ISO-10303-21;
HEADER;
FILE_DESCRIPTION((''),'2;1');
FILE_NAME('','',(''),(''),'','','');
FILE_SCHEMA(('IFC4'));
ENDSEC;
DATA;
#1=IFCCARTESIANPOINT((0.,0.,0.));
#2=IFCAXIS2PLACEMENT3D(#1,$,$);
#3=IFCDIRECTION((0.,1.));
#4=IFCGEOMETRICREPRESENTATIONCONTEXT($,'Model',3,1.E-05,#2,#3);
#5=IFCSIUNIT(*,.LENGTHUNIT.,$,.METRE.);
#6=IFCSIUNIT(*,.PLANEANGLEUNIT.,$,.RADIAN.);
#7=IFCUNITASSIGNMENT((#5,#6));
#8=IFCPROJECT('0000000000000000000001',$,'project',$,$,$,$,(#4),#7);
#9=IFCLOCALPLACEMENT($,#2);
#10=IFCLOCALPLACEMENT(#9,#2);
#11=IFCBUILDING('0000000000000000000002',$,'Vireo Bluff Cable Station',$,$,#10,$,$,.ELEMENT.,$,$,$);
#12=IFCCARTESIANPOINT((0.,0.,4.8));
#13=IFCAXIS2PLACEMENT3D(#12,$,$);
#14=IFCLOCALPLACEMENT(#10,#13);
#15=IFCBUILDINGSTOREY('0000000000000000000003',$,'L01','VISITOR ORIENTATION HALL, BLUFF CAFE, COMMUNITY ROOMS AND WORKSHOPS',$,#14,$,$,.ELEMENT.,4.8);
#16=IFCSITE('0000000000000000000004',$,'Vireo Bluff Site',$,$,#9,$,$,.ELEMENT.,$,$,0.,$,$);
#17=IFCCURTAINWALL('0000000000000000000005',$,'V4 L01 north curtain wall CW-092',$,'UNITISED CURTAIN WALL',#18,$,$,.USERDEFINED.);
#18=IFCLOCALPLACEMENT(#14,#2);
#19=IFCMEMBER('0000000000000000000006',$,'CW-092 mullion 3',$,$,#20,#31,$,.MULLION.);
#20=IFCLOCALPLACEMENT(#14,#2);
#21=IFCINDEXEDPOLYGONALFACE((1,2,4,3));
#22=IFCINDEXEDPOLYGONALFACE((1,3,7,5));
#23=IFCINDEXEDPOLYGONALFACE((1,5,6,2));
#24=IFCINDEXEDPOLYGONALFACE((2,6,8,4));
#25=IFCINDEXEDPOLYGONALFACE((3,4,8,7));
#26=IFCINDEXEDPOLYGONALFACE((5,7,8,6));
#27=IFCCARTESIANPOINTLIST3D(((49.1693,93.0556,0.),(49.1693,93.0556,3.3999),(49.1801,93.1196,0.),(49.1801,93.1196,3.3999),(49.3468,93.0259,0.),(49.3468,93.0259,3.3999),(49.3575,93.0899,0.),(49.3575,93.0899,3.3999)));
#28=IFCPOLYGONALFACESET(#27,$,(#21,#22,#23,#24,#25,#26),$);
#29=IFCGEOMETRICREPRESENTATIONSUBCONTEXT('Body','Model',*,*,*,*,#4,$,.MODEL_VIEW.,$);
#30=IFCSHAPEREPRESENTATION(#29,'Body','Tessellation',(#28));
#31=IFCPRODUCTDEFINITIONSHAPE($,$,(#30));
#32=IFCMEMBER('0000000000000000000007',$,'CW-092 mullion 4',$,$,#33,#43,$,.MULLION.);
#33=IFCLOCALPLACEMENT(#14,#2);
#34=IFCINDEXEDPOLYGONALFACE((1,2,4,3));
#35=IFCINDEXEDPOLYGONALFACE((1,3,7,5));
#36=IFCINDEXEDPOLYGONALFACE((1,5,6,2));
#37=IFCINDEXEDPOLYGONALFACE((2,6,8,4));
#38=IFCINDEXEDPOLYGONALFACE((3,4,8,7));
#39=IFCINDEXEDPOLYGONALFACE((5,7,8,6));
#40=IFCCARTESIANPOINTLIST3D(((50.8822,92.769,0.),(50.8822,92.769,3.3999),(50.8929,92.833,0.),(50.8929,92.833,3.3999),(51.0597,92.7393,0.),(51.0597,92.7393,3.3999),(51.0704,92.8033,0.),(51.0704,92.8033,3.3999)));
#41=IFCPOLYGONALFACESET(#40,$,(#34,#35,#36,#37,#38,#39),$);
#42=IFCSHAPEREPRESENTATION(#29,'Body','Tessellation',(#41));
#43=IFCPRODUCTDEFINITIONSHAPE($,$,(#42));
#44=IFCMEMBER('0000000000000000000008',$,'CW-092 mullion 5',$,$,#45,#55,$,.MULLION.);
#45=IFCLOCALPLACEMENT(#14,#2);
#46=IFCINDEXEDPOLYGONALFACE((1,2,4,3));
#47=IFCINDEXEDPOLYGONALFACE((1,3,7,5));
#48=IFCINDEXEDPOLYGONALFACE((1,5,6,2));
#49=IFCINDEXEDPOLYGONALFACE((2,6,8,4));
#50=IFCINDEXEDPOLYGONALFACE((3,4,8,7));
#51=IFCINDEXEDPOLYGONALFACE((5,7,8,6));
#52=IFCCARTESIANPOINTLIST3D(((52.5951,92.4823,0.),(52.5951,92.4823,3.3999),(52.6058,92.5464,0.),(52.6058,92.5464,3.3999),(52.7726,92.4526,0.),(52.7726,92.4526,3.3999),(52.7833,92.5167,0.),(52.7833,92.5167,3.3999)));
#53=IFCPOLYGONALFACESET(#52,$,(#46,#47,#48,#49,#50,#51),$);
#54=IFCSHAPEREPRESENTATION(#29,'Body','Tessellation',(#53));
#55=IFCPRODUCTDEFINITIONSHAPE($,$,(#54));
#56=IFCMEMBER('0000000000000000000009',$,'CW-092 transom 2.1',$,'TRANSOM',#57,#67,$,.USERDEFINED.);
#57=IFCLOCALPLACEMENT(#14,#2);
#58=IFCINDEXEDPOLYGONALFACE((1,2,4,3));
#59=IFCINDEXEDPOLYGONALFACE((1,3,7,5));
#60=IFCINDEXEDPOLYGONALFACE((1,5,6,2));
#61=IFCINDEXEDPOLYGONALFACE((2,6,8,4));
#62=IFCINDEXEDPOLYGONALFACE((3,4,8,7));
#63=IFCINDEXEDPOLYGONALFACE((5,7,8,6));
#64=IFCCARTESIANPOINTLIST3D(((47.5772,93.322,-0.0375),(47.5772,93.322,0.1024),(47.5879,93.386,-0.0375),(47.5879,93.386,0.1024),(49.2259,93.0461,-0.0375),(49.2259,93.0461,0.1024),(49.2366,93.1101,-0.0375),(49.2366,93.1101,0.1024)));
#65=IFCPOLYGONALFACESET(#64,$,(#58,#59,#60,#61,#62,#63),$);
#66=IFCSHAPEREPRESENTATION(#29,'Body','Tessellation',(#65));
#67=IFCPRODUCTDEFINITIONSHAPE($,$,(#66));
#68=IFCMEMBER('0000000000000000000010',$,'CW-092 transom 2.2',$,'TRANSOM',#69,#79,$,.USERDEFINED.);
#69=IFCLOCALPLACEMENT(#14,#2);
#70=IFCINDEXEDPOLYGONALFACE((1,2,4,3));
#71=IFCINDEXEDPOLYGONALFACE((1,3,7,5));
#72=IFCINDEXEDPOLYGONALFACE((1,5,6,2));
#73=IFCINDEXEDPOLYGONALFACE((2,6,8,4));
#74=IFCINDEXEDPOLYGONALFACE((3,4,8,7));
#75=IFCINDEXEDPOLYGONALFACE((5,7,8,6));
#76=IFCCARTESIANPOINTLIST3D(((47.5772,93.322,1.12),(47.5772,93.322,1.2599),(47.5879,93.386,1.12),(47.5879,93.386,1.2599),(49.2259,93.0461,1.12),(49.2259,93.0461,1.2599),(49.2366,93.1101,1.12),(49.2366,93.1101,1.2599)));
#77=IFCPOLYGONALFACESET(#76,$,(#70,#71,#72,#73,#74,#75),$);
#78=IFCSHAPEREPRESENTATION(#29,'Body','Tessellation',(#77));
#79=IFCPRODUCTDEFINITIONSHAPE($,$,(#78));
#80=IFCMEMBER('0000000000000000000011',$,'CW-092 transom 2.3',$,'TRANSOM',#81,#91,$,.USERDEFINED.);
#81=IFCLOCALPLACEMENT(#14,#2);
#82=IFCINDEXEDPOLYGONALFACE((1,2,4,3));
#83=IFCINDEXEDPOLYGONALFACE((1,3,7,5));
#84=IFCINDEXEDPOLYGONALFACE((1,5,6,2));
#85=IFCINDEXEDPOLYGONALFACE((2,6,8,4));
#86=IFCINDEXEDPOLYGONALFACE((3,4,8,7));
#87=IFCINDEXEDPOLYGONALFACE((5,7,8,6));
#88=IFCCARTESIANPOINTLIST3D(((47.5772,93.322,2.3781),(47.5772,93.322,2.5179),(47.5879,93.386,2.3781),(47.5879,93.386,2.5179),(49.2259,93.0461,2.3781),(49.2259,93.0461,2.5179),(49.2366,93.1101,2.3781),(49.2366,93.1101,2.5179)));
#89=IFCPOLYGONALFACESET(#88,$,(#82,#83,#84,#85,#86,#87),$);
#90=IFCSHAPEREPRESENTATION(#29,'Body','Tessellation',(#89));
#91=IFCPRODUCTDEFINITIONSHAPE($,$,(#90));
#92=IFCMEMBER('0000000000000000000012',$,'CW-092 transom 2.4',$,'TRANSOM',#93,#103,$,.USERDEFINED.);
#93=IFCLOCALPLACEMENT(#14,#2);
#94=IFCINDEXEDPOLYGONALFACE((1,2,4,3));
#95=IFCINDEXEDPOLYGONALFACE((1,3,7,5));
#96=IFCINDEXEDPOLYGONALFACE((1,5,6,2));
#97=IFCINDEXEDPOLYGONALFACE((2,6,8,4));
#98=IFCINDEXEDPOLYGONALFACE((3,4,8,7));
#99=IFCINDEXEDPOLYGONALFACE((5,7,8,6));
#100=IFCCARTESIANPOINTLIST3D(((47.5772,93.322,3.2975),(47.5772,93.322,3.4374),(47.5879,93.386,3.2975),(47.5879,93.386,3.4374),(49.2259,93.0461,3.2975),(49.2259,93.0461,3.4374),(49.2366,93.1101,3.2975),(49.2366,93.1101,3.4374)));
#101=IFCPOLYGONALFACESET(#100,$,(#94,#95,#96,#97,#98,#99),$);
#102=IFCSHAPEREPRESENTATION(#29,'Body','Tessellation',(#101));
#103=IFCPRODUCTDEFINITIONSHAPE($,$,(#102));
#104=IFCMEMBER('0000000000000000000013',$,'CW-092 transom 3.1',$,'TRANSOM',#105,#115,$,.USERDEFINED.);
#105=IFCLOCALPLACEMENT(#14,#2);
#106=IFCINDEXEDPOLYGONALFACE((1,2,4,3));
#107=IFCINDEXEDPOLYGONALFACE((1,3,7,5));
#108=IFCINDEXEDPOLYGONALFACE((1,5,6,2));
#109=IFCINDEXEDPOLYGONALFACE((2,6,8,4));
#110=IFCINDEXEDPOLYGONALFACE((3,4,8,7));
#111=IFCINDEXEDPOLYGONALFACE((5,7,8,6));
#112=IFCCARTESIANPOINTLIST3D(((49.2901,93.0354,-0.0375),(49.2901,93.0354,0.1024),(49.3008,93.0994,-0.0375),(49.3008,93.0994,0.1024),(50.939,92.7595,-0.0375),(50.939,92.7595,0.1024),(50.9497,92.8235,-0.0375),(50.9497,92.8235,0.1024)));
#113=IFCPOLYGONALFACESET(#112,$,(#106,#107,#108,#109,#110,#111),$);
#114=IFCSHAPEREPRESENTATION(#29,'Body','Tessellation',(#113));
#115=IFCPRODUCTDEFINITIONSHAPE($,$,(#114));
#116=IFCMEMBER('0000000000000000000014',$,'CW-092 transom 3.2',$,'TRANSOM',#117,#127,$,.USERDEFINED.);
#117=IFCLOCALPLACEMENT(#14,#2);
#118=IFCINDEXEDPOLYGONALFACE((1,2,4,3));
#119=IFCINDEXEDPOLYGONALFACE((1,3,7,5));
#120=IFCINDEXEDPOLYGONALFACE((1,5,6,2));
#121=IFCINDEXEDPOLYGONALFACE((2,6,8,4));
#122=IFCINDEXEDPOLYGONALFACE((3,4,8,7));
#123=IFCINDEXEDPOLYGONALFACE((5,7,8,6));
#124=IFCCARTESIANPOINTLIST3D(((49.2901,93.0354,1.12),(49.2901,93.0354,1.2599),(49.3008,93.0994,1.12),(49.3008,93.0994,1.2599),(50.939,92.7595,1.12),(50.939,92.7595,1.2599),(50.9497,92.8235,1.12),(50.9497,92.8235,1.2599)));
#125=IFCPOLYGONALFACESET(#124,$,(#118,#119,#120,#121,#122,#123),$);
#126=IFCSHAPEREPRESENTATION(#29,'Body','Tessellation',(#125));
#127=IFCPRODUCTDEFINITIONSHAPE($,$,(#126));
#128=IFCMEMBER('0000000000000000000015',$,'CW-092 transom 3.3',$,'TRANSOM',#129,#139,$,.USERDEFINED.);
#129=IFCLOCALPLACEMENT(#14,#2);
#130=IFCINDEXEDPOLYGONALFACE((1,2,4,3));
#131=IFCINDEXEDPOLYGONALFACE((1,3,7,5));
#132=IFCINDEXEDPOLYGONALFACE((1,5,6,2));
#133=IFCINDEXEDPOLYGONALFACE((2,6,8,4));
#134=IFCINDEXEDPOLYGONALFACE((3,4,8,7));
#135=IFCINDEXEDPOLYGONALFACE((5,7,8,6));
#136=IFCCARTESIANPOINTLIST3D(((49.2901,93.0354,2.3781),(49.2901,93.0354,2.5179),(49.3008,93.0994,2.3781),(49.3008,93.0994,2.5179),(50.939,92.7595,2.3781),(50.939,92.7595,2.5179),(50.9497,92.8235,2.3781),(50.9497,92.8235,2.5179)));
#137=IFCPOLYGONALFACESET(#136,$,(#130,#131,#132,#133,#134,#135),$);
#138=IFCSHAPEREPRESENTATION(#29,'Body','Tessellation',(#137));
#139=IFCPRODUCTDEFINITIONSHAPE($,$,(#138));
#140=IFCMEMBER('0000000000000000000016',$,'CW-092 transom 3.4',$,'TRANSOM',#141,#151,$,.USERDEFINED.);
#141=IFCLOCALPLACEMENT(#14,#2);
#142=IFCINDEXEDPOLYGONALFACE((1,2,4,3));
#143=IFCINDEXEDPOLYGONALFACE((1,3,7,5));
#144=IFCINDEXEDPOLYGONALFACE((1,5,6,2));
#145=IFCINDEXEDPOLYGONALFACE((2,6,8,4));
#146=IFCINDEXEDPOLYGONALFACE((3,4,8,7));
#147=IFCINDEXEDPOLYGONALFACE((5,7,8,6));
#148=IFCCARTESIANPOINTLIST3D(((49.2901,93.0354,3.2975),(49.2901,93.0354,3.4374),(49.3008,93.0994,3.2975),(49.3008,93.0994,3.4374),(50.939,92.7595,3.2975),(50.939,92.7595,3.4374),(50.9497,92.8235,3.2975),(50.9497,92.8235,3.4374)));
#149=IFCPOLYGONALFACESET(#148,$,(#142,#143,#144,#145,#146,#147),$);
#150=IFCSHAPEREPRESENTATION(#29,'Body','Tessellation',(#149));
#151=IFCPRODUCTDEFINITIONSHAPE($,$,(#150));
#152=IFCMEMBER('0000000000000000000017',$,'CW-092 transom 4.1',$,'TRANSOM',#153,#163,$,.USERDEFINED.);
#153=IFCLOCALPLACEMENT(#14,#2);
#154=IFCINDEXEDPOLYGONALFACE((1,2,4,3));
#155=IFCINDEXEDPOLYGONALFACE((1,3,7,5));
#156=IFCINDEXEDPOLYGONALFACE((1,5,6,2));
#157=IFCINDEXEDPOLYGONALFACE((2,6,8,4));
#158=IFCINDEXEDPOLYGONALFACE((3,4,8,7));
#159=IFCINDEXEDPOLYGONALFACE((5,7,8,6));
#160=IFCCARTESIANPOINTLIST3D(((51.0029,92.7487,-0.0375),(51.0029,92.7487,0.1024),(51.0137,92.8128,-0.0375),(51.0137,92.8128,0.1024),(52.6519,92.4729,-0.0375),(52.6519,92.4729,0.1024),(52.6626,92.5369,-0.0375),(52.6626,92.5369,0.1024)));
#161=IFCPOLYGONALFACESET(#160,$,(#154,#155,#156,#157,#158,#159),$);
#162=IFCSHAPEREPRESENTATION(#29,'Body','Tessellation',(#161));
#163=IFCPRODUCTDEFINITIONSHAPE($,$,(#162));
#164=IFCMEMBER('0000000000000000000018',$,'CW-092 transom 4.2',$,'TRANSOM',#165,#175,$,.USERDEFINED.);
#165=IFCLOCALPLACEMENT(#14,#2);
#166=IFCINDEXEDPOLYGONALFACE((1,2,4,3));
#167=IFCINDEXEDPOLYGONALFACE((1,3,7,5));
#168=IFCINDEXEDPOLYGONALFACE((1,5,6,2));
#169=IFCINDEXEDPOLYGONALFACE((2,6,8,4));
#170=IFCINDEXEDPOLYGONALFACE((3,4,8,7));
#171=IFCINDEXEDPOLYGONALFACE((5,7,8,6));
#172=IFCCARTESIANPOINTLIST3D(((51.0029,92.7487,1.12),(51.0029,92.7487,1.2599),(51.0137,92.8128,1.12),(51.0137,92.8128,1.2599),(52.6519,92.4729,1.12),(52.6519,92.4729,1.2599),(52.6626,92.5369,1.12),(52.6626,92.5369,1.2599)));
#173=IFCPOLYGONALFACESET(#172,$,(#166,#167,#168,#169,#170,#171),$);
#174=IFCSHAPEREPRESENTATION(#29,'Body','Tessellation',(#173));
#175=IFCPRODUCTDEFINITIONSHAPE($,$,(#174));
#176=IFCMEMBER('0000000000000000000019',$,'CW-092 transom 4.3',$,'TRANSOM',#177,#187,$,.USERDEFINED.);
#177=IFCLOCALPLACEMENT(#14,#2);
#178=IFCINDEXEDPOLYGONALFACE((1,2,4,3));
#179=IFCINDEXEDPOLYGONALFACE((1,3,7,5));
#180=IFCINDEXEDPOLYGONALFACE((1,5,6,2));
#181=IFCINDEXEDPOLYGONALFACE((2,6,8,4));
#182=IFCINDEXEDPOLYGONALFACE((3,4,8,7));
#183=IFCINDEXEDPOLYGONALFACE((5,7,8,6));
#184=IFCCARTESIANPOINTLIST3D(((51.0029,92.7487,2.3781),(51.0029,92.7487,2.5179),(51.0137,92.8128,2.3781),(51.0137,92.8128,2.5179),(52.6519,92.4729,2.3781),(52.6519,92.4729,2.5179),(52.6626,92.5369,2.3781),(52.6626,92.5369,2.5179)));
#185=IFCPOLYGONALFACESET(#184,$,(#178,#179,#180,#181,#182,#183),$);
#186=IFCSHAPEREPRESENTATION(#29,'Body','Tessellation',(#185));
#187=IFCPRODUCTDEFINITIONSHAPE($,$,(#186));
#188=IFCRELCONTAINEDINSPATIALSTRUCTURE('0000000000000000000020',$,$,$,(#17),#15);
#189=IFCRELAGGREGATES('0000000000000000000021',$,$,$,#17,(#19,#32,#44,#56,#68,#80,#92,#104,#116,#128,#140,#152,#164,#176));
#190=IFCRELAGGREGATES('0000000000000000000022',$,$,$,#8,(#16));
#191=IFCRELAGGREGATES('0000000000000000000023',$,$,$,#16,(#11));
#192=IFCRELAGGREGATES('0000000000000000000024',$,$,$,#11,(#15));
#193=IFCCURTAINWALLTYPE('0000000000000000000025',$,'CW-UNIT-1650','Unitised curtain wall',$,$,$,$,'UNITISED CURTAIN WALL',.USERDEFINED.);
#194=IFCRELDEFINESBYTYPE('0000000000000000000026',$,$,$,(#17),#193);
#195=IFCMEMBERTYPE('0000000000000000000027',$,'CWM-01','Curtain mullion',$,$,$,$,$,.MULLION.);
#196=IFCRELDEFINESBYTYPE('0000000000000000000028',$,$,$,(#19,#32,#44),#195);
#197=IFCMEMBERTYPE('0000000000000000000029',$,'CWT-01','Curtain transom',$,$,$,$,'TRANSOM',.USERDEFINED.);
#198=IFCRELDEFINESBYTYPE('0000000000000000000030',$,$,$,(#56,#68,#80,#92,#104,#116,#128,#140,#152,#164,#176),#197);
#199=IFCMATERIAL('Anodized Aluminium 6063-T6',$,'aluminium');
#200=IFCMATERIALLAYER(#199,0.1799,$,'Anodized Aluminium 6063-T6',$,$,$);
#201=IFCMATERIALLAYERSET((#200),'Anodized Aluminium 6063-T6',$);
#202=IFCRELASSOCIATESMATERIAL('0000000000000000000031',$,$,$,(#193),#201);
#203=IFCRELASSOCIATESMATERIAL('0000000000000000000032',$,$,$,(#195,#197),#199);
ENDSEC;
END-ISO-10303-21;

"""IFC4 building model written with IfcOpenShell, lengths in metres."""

from ifc_helpers import new_model, si_unit, direction, frame, origin, origin_2d, place, context, subcontext, project, spatial, rectangle, extrude, material, layer, layer_set, material_profile, profile_set, type_object, element, aggregate, save


model = new_model("IFC4")

# Units and contexts
model_context = context("Model", 3, precision=1e-05, world=origin(), true_north=direction((0.0, 1.0)))
body_context = subcontext(model_context, "Body", "Model", "MODEL_VIEW")
ifc_project = project(units=[si_unit("LENGTHUNIT", "METRE"), si_unit("PLANEANGLEUNIT", "RADIAN")], contexts=[model_context])

# Site, building, storey
site_placement = place(None, origin())
site = spatial("IfcSite", under=ifc_project, at=site_placement, Name="Vireo Bluff Site", CompositionType="ELEMENT", RefElevation=0.0)
building_placement = place(site_placement, origin())
building = spatial("IfcBuilding", under=site, at=building_placement, Name="Vireo Bluff Cable Station", CompositionType="ELEMENT")
storey_placement = place(building_placement, frame((0.0, 0.0, 4.8)))
storey = spatial("IfcBuildingStorey", under=building, at=storey_placement, Name="L01", Description="VISITOR ORIENTATION HALL, BLUFF CAFE, COMMUNITY ROOMS AND WORKSHOPS", CompositionType="ELEMENT", Elevation=4.8)

# Curtain wall, members
ifc_material_1 = material(Name="Anodized Aluminium 6063-T6", Category="aluminium")
ifc_layer_1 = layer(ifc_material_1, 0.1799, Name="Anodized Aluminium 6063-T6")
ifc_layer_set_1 = layer_set([ifc_layer_1], Name="Anodized Aluminium 6063-T6")
curtain_wall_type = type_object("IfcCurtainWallType", Name="CW-UNIT-1650", Description="Unitised curtain wall", ElementType="UNITISED CURTAIN WALL", PredefinedType="USERDEFINED", material=ifc_layer_set_1)
curtain_wall_placement = place(storey_placement, origin())
curtain_wall = element("IfcCurtainWall", 1, at=curtain_wall_placement, inside=storey, type_object=curtain_wall_type, Name="V4 L01 north curtain wall CW-092", ObjectType="UNITISED CURTAIN WALL", PredefinedType="USERDEFINED")
ifc_material_profile_1 = material_profile(ifc_material_1, rectangle(XDim=0.0649, YDim=0.1799, at=origin_2d()), Name="ALU-M-65X180")
ifc_profile_set_1 = profile_set([ifc_material_profile_1], Name="Anodized Aluminium 6063-T6")
member_type_1 = type_object("IfcMemberType", Name="CWM-01", Description="Curtain mullion", PredefinedType="MULLION", material=ifc_profile_set_1)
member_1_placement = place(storey_placement, frame((49.2634, 93.0728, 0.0), z_axis=(0.0, 0.0, 1.0), x_axis=(0.165048, 0.986286, 0.0)))
member_1 = element("IfcMember", 2, at=member_1_placement, type_object=member_type_1, Name="CW-092 mullion 3", PredefinedType="MULLION", context=body_context, shape_type="SweptSolid", body=[
    extrude(rectangle(XDim=0.0649, YDim=0.1799, at=origin_2d()), origin(), (0.0, 0.0, 1.0), 3.3999),
])
member_2_placement = place(storey_placement, frame((50.9763, 92.7861, 0.0), z_axis=(0.0, 0.0, 1.0), x_axis=(0.165048, 0.986286, 0.0)))
member_2 = element("IfcMember", 3, at=member_2_placement, type_object=member_type_1, Name="CW-092 mullion 4", PredefinedType="MULLION", context=body_context, shape_type="SweptSolid", body=[
    extrude(rectangle(XDim=0.0649, YDim=0.1799, at=origin_2d()), origin(), (0.0, 0.0, 1.0), 3.3999),
])
member_3_placement = place(storey_placement, frame((52.6892, 92.4995, 0.0), z_axis=(0.0, 0.0, 1.0), x_axis=(0.165048, 0.986286, 0.0)))
member_3 = element("IfcMember", 4, at=member_3_placement, type_object=member_type_1, Name="CW-092 mullion 5", PredefinedType="MULLION", context=body_context, shape_type="SweptSolid", body=[
    extrude(rectangle(XDim=0.0649, YDim=0.1799, at=origin_2d()), origin(), (0.0, 0.0, 1.0), 3.3999),
])
ifc_material_profile_2 = material_profile(ifc_material_1, rectangle(XDim=0.0649, YDim=0.1399, at=origin_2d()), Name="ALU-T-65X140")
ifc_profile_set_2 = profile_set([ifc_material_profile_2], Name="Anodized Aluminium 6063-T6")
member_type_2 = type_object("IfcMemberType", Name="CWT-01", Description="Curtain transom", ElementType="TRANSOM", PredefinedType="USERDEFINED", material=ifc_profile_set_2)
member_4_placement = place(storey_placement, frame((47.5825, 93.354, 0.0325), z_axis=(0.986287, -0.165038, 0.0), x_axis=(0.165038, 0.986287, 0.0)))
member_4 = element("IfcMember", 5, at=member_4_placement, type_object=member_type_2, Name="CW-092 transom 2.1", ObjectType="TRANSOM", PredefinedType="USERDEFINED", context=body_context, shape_type="SweptSolid", body=[
    extrude(rectangle(XDim=0.0649, YDim=0.1399, at=origin_2d()), origin(), (0.0, 0.0, 1.0), 1.6716),
])
member_5_placement = place(storey_placement, frame((47.5825, 93.354, 1.1899), z_axis=(0.986287, -0.165038, 0.0), x_axis=(0.165038, 0.986287, 0.0)))
member_5 = element("IfcMember", 6, at=member_5_placement, type_object=member_type_2, Name="CW-092 transom 2.2", ObjectType="TRANSOM", PredefinedType="USERDEFINED", context=body_context, shape_type="SweptSolid", body=[
    extrude(rectangle(XDim=0.0649, YDim=0.1399, at=origin_2d()), origin(), (0.0, 0.0, 1.0), 1.6716),
])
member_6_placement = place(storey_placement, frame((47.5825, 93.354, 2.448), z_axis=(0.986287, -0.165038, 0.0), x_axis=(0.165038, 0.986287, 0.0)))
member_6 = element("IfcMember", 7, at=member_6_placement, type_object=member_type_2, Name="CW-092 transom 2.3", ObjectType="TRANSOM", PredefinedType="USERDEFINED", context=body_context, shape_type="SweptSolid", body=[
    extrude(rectangle(XDim=0.0649, YDim=0.1399, at=origin_2d()), origin(), (0.0, 0.0, 1.0), 1.6716),
])
member_7_placement = place(storey_placement, frame((47.5825, 93.354, 3.3674), z_axis=(0.986287, -0.165038, 0.0), x_axis=(0.165038, 0.986287, 0.0)))
member_7 = element("IfcMember", 8, at=member_7_placement, type_object=member_type_2, Name="CW-092 transom 2.4", ObjectType="TRANSOM", PredefinedType="USERDEFINED", context=body_context, shape_type="SweptSolid", body=[
    extrude(rectangle(XDim=0.0649, YDim=0.1399, at=origin_2d()), origin(), (0.0, 0.0, 1.0), 1.6716),
])
member_8_placement = place(storey_placement, frame((49.2954, 93.0674, 0.0325), z_axis=(0.986291, -0.165015, 0.0), x_axis=(0.165015, 0.986291, 0.0)))
member_8 = element("IfcMember", 9, at=member_8_placement, type_object=member_type_2, Name="CW-092 transom 3.1", ObjectType="TRANSOM", PredefinedType="USERDEFINED", context=body_context, shape_type="SweptSolid", body=[
    extrude(rectangle(XDim=0.0649, YDim=0.1399, at=origin_2d()), origin(), (0.0, 0.0, 1.0), 1.6719),
])
member_9_placement = place(storey_placement, frame((49.2954, 93.0674, 1.1899), z_axis=(0.986291, -0.165015, 0.0), x_axis=(0.165015, 0.986291, 0.0)))
member_9 = element("IfcMember", 10, at=member_9_placement, type_object=member_type_2, Name="CW-092 transom 3.2", ObjectType="TRANSOM", PredefinedType="USERDEFINED", context=body_context, shape_type="SweptSolid", body=[
    extrude(rectangle(XDim=0.0649, YDim=0.1399, at=origin_2d()), origin(), (0.0, 0.0, 1.0), 1.6719),
])
member_10_placement = place(storey_placement, frame((49.2954, 93.0674, 2.448), z_axis=(0.986291, -0.165015, 0.0), x_axis=(0.165015, 0.986291, 0.0)))
member_10 = element("IfcMember", 11, at=member_10_placement, type_object=member_type_2, Name="CW-092 transom 3.3", ObjectType="TRANSOM", PredefinedType="USERDEFINED", context=body_context, shape_type="SweptSolid", body=[
    extrude(rectangle(XDim=0.0649, YDim=0.1399, at=origin_2d()), origin(), (0.0, 0.0, 1.0), 1.6719),
])
member_11_placement = place(storey_placement, frame((49.2954, 93.0674, 3.3674), z_axis=(0.986291, -0.165015, 0.0), x_axis=(0.165015, 0.986291, 0.0)))
member_11 = element("IfcMember", 12, at=member_11_placement, type_object=member_type_2, Name="CW-092 transom 3.4", ObjectType="TRANSOM", PredefinedType="USERDEFINED", context=body_context, shape_type="SweptSolid", body=[
    extrude(rectangle(XDim=0.0649, YDim=0.1399, at=origin_2d()), origin(), (0.0, 0.0, 1.0), 1.6719),
])
member_12_placement = place(storey_placement, frame((51.0083, 92.7808, 0.0325), z_axis=(0.986291, -0.165015, 0.0), x_axis=(0.165015, 0.986291, 0.0)))
member_12 = element("IfcMember", 13, at=member_12_placement, type_object=member_type_2, Name="CW-092 transom 4.1", ObjectType="TRANSOM", PredefinedType="USERDEFINED", context=body_context, shape_type="SweptSolid", body=[
    extrude(rectangle(XDim=0.0649, YDim=0.1399, at=origin_2d()), origin(), (0.0, 0.0, 1.0), 1.6719),
])
member_13_placement = place(storey_placement, frame((51.0083, 92.7808, 1.1899), z_axis=(0.986291, -0.165015, 0.0), x_axis=(0.165015, 0.986291, 0.0)))
member_13 = element("IfcMember", 14, at=member_13_placement, type_object=member_type_2, Name="CW-092 transom 4.2", ObjectType="TRANSOM", PredefinedType="USERDEFINED", context=body_context, shape_type="SweptSolid", body=[
    extrude(rectangle(XDim=0.0649, YDim=0.1399, at=origin_2d()), origin(), (0.0, 0.0, 1.0), 1.6719),
])
member_14_placement = place(storey_placement, frame((51.0083, 92.7808, 2.448), z_axis=(0.986291, -0.165015, 0.0), x_axis=(0.165015, 0.986291, 0.0)))
member_14 = element("IfcMember", 15, at=member_14_placement, type_object=member_type_2, Name="CW-092 transom 4.3", ObjectType="TRANSOM", PredefinedType="USERDEFINED", context=body_context, shape_type="SweptSolid", body=[
    extrude(rectangle(XDim=0.0649, YDim=0.1399, at=origin_2d()), origin(), (0.0, 0.0, 1.0), 1.6719),
])
aggregate(curtain_wall, [member_1, member_2, member_3, member_4, member_5, member_6, member_7, member_8, member_9, member_10, member_11, member_12, member_13, member_14])

save(model, "model.ifc")
